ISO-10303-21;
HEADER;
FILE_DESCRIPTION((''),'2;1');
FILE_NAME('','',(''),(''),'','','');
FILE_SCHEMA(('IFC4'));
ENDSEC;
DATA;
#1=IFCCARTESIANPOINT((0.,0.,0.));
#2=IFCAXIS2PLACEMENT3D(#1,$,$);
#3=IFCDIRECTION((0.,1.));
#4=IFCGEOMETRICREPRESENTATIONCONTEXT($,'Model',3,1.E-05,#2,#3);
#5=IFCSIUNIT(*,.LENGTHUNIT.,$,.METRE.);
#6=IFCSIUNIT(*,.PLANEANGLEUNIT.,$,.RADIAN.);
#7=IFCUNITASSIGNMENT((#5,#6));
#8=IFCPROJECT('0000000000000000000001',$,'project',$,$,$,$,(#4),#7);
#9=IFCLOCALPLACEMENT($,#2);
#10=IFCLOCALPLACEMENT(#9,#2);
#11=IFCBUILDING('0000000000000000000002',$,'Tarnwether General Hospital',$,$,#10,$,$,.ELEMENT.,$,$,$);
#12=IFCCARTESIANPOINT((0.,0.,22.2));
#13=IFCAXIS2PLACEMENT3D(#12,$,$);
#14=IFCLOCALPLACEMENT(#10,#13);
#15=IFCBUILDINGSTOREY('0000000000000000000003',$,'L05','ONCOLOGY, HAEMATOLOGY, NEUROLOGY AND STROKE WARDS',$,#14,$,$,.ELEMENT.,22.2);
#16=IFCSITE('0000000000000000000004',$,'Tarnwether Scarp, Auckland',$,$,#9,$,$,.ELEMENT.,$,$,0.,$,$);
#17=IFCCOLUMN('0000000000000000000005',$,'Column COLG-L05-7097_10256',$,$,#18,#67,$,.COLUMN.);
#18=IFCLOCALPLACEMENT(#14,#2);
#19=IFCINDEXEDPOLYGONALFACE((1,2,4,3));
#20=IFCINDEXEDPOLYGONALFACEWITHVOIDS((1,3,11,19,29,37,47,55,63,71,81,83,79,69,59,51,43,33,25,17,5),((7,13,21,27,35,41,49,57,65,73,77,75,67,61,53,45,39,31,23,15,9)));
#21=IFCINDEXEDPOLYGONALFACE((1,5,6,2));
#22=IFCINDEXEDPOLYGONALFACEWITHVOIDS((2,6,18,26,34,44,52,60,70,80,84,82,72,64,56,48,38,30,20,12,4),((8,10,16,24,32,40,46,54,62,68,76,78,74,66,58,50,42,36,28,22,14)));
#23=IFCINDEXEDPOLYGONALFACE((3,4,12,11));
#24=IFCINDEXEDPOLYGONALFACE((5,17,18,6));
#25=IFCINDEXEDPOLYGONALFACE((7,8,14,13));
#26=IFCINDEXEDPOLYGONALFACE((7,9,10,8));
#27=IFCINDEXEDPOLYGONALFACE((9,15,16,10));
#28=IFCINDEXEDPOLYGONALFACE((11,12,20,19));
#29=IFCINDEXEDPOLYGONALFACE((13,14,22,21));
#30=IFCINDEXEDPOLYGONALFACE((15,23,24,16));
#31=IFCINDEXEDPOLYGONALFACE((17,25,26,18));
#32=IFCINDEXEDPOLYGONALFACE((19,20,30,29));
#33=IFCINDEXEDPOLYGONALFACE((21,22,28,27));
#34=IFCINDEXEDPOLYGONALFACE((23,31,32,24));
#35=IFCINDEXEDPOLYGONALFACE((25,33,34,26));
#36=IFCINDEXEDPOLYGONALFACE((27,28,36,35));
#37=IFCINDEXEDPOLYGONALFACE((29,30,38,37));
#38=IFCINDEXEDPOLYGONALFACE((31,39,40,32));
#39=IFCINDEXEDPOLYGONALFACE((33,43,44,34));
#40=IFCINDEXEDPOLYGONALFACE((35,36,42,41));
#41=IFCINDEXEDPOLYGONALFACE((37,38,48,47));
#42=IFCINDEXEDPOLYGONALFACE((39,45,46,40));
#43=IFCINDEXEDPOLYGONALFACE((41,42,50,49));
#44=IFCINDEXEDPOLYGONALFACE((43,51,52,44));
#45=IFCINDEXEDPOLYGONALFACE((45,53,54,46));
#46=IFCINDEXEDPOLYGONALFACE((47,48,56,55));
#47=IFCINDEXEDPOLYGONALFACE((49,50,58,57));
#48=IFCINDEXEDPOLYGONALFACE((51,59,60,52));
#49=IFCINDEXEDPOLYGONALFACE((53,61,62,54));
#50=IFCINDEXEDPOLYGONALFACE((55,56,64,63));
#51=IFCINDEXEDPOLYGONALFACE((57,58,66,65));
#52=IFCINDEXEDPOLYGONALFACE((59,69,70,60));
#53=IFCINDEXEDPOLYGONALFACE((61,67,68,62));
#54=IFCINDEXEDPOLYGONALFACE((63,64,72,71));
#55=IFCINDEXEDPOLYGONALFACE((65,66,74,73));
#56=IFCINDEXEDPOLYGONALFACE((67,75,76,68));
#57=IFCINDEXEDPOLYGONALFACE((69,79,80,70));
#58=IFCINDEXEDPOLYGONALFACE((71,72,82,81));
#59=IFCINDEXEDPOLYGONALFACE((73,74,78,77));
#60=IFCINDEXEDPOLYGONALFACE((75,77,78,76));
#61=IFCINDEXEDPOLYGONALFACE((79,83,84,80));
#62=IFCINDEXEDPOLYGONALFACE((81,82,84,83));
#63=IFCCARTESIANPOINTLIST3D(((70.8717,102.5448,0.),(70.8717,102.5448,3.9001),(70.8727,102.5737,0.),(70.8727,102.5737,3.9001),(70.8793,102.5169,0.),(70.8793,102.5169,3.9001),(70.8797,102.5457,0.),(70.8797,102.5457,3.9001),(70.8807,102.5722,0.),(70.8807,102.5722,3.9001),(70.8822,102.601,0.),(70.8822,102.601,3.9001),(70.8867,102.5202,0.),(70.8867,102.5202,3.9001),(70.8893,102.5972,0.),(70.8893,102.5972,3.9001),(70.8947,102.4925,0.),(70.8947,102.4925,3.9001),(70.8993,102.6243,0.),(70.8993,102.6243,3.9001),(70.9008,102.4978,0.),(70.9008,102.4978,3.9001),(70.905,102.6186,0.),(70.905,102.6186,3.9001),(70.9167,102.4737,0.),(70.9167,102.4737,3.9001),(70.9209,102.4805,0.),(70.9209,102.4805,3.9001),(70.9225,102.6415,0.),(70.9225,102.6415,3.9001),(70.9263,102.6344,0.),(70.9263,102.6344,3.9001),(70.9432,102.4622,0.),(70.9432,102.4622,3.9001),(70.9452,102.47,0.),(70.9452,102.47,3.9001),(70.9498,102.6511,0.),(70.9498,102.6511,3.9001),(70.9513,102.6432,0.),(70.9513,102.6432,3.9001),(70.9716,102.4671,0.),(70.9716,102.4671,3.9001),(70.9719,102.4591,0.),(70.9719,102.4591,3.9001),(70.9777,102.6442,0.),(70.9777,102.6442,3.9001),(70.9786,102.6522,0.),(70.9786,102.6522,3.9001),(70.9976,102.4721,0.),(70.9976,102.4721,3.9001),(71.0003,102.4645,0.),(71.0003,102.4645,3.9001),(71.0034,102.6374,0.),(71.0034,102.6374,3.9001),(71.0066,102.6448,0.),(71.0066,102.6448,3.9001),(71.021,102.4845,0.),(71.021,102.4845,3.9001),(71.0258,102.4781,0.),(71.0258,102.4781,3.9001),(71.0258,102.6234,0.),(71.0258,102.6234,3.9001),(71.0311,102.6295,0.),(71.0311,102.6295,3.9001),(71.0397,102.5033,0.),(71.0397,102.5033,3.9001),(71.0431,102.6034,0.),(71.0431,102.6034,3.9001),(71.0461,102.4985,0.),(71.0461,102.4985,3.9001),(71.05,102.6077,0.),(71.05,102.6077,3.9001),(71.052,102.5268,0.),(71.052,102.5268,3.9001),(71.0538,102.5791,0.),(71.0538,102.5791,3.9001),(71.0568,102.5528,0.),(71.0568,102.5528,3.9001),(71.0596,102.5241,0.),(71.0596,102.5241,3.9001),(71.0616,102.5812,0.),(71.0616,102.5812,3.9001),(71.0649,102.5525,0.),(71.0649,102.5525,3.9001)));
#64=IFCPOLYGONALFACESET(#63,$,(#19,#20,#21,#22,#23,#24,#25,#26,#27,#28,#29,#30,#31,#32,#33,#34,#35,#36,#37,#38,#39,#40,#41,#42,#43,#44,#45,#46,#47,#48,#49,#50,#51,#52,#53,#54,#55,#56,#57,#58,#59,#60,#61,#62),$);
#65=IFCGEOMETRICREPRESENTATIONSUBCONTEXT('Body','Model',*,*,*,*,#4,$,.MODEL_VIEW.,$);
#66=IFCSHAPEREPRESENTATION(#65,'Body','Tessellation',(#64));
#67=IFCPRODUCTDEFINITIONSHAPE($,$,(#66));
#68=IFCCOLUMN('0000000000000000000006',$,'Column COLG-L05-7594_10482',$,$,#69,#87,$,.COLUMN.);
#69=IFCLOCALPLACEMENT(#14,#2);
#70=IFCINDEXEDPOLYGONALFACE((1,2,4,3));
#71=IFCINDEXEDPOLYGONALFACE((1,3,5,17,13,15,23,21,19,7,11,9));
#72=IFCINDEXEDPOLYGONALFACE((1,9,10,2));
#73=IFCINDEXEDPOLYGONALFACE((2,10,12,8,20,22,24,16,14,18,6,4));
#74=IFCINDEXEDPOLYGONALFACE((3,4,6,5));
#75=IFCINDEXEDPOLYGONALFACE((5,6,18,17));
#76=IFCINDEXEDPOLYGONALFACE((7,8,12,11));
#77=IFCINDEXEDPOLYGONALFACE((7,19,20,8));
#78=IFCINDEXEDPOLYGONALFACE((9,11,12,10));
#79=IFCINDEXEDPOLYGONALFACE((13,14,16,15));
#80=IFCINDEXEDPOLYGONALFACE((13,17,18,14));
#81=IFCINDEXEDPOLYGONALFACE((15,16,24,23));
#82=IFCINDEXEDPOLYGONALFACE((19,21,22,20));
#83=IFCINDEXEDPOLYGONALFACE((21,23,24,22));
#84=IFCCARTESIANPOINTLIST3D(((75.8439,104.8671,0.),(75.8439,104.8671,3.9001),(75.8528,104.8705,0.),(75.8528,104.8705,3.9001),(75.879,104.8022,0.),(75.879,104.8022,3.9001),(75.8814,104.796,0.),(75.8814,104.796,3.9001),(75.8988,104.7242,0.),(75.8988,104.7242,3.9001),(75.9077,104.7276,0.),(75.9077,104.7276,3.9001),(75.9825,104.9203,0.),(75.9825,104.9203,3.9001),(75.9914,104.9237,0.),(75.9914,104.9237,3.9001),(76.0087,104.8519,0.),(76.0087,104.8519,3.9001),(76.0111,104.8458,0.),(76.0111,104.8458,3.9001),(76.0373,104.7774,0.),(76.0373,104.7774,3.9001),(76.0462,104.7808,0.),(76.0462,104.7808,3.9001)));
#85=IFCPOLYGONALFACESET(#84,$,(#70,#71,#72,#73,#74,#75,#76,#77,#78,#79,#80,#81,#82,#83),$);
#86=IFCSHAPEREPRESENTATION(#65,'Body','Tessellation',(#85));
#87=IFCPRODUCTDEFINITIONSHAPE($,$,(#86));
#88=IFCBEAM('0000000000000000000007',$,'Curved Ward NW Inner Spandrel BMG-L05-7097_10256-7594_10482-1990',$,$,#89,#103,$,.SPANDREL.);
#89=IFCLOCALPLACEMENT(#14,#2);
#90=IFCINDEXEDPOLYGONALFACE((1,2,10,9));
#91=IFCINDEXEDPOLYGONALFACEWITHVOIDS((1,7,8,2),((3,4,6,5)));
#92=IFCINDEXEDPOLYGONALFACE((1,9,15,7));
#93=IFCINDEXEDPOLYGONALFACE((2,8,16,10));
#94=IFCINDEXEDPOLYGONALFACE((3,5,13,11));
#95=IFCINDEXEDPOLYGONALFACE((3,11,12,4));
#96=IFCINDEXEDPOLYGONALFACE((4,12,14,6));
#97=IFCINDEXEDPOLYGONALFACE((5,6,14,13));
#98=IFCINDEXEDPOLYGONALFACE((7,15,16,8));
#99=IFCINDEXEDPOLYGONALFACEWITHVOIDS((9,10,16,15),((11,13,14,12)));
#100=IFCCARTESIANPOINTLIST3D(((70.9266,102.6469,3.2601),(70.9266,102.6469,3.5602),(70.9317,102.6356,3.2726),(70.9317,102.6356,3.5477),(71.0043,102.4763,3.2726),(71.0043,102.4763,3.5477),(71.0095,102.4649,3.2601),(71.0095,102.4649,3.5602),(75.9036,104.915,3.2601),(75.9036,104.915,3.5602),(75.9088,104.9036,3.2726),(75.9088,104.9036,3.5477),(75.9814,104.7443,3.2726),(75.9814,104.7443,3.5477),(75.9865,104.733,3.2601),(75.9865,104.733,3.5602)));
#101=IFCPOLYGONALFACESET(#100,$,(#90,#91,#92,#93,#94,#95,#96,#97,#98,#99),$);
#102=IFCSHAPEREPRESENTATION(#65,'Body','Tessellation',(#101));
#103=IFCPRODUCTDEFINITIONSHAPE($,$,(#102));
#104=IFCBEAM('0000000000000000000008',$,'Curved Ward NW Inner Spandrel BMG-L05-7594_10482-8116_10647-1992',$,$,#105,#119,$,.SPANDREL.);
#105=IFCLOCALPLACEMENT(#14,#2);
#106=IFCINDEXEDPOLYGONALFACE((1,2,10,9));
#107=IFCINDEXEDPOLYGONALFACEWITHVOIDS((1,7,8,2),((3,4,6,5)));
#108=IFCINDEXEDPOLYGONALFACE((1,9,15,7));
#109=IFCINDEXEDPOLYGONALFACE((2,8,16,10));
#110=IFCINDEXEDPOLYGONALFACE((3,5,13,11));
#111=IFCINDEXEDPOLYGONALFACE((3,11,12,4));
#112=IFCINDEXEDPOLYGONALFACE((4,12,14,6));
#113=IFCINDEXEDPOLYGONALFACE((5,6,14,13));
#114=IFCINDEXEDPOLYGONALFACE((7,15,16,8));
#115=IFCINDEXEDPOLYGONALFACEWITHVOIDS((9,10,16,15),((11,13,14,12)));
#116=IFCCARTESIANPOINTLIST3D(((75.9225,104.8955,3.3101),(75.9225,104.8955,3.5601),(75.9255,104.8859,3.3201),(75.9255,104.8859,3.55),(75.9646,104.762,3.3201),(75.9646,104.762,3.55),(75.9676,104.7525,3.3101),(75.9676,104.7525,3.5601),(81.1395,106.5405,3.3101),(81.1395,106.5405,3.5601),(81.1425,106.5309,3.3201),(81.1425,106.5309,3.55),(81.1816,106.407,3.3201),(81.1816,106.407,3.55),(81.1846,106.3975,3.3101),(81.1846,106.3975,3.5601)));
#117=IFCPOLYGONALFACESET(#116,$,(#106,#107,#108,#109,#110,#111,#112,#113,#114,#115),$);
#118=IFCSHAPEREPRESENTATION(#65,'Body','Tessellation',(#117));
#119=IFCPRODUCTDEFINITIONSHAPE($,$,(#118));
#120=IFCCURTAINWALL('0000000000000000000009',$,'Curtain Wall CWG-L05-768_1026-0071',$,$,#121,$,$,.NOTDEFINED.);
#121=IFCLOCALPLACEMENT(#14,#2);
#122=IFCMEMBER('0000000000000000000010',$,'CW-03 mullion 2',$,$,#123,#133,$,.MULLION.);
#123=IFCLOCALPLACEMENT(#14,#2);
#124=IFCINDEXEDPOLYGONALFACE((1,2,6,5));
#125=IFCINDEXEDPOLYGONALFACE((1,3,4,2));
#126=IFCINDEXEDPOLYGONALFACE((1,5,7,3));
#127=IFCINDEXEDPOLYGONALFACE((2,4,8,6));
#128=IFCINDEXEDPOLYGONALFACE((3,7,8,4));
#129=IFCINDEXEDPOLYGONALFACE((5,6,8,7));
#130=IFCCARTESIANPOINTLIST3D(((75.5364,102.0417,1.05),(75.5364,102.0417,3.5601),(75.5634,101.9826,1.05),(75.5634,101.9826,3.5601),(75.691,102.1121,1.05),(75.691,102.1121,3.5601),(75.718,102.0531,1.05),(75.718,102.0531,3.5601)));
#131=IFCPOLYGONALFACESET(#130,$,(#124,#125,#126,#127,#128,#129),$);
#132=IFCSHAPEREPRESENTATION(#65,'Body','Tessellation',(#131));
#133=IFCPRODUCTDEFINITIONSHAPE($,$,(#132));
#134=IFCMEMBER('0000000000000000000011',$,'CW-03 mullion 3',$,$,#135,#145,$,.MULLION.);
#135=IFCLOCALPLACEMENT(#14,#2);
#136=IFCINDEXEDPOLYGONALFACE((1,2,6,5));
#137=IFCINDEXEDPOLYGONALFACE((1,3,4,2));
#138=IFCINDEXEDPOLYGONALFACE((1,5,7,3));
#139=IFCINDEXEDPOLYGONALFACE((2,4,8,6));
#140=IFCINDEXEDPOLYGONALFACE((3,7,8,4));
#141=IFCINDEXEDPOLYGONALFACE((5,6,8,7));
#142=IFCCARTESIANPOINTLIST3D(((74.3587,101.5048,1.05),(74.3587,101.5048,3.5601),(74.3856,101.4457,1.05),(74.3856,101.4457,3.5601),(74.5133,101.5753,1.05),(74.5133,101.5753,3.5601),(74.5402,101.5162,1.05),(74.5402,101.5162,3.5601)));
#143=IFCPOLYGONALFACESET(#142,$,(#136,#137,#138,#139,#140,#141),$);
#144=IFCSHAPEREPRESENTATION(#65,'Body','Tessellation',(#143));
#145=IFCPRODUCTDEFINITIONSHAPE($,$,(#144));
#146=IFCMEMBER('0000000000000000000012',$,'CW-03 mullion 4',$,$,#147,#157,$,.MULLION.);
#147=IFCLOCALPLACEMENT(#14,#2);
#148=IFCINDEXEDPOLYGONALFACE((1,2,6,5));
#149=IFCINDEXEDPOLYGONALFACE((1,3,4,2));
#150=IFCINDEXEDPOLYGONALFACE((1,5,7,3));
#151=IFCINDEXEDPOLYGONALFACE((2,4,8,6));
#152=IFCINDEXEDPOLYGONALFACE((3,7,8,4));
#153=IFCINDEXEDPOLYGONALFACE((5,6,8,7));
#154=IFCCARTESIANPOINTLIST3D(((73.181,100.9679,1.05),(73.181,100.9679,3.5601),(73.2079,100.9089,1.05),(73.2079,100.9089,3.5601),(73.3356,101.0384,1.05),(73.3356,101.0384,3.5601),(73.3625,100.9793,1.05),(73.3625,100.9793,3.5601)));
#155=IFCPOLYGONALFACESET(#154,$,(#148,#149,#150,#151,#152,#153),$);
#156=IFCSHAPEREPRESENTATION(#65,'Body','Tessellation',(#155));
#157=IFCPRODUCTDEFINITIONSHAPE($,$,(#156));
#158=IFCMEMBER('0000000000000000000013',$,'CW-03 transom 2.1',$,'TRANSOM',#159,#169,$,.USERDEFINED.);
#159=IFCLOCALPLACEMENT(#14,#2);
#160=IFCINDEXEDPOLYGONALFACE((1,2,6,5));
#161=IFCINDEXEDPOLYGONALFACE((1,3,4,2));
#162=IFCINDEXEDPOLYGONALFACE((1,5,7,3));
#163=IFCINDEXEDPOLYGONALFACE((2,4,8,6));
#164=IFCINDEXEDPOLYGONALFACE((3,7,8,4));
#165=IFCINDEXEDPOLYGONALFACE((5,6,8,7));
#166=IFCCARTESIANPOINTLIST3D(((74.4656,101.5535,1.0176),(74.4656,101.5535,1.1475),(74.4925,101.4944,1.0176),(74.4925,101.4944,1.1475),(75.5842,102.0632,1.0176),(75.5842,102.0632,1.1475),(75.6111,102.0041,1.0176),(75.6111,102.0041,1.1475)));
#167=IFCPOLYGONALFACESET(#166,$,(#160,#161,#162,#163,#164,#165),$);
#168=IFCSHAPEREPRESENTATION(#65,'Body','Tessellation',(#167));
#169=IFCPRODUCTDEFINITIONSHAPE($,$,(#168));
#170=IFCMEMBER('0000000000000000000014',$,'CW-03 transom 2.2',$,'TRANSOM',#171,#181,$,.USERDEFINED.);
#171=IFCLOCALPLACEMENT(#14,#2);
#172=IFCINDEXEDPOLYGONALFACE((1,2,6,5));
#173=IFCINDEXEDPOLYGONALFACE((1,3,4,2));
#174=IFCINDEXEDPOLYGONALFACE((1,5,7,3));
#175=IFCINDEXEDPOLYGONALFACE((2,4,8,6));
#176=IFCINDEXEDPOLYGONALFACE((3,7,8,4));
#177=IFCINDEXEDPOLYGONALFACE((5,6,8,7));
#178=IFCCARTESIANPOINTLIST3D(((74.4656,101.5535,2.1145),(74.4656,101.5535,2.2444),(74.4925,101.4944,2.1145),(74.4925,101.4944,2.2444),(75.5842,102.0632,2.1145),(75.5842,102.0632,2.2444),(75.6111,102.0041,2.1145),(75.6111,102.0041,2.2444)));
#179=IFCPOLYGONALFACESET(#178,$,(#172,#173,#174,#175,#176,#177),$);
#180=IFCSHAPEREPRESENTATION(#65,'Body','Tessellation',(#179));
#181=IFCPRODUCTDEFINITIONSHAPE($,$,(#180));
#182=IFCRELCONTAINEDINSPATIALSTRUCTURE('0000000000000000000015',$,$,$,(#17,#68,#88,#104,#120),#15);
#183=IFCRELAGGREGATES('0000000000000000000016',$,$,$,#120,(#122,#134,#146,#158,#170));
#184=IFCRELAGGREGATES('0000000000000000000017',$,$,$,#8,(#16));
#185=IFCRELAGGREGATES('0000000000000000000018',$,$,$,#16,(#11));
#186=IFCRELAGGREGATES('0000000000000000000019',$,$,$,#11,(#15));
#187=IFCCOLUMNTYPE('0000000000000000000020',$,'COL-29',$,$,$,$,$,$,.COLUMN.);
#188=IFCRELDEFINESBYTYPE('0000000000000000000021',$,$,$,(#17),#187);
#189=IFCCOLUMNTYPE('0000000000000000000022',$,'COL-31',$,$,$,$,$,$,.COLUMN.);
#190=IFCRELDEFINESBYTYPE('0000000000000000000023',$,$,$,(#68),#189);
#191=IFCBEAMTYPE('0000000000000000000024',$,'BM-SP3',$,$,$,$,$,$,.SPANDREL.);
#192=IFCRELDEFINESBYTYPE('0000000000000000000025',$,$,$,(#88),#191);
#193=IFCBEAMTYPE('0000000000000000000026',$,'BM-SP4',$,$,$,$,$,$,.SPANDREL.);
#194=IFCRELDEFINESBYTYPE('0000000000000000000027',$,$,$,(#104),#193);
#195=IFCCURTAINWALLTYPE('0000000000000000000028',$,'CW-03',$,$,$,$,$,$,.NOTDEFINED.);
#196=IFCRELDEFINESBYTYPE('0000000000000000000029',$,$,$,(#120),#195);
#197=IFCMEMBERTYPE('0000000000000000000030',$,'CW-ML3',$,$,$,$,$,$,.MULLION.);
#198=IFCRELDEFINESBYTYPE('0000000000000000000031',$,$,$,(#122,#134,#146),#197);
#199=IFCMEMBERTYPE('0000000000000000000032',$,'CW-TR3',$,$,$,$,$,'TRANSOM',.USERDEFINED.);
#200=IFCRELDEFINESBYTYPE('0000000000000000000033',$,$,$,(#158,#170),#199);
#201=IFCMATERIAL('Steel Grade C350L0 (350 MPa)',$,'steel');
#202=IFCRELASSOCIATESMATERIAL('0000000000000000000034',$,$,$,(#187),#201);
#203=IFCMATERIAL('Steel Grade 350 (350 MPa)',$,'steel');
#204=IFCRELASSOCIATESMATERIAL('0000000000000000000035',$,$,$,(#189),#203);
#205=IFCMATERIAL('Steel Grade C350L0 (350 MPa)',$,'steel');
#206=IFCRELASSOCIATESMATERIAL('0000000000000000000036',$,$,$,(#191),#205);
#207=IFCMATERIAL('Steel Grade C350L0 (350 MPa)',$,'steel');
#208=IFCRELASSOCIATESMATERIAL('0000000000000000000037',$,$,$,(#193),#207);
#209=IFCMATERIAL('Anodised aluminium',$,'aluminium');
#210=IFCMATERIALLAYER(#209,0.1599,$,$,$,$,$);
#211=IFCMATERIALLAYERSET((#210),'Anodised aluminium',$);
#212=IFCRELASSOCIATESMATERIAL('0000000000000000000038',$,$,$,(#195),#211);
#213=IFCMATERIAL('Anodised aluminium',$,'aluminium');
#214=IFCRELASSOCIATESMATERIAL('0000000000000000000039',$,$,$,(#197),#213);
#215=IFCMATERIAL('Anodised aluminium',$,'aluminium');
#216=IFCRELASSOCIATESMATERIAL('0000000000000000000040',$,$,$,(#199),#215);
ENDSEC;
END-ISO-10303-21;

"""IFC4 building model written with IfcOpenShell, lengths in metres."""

from ifc_helpers import new_model, si_unit, direction, frame, origin, origin_2d, place, context, subcontext, project, spatial, rectangle, hollow_rectangle, hollow_circle, i_section, extrude, material, layer, layer_set, material_profile, profile_set, type_object, element, aggregate, save


model = new_model("IFC4")

# Units and contexts
model_context = context("Model", 3, precision=1e-05, world=origin(), true_north=direction((0.0, 1.0)))
body_context = subcontext(model_context, "Body", "Model", "MODEL_VIEW")
ifc_project = project(units=[si_unit("LENGTHUNIT", "METRE"), si_unit("PLANEANGLEUNIT", "RADIAN")], contexts=[model_context])

# Site, building, storey
site_placement = place(None, origin())
site = spatial("IfcSite", under=ifc_project, at=site_placement, Name="Tarnwether Scarp, Auckland", CompositionType="ELEMENT", RefElevation=0.0)
building_placement = place(site_placement, origin())
building = spatial("IfcBuilding", under=site, at=building_placement, Name="Tarnwether General Hospital", CompositionType="ELEMENT")
storey_placement = place(building_placement, frame((0.0, 0.0, 22.2)))
storey = spatial("IfcBuildingStorey", under=building, at=storey_placement, Name="L05", Description="ONCOLOGY, HAEMATOLOGY, NEUROLOGY AND STROKE WARDS", CompositionType="ELEMENT", Elevation=22.2)

# Columns
ifc_material_1 = material(Name="Steel Grade C350L0 (350 MPa)", Category="steel")
ifc_material_profile_1 = material_profile(ifc_material_1, hollow_circle(Radius=0.0969, WallThickness=0.0081, at=origin_2d()), Name="CHS193.7x8.0")
ifc_profile_set_1 = profile_set([ifc_material_profile_1], Name="Steel Grade C350L0 (350 MPa)")
column_type_1 = type_object("IfcColumnType", Name="COL-29", PredefinedType="COLUMN", material=ifc_profile_set_1)
column_1_placement = place(storey_placement, frame((70.968, 102.5559, 0.0), z_axis=(0.0, 0.0, 1.0), x_axis=(-0.469472, 0.882948, 0.0)))
element("IfcColumn", 1, at=column_1_placement, inside=storey, type_object=column_type_1, Name="Column COLG-L05-7097_10256", PredefinedType="COLUMN", context=body_context, shape_type="SweptSolid", body=[
    extrude(hollow_circle(Radius=0.0969, WallThickness=0.0081, at=origin_2d()), origin(), (0.0, 0.0, 1.0), 3.9001),
])
ifc_material_2 = material(Name="Steel Grade 350 (350 MPa)", Category="steel")
ifc_material_profile_2 = material_profile(ifc_material_2, i_section(OverallWidth=0.1531, OverallDepth=0.158, WebThickness=0.0066, FlangeThickness=0.0095, at=origin_2d()), Name="150UC30.0")
ifc_profile_set_2 = profile_set([ifc_material_profile_2], Name="Steel Grade 350 (350 MPa)")
column_type_2 = type_object("IfcColumnType", Name="COL-31", PredefinedType="COLUMN", material=ifc_profile_set_2)
column_2_placement = place(storey_placement, frame((75.9451, 104.824, 0.0), z_axis=(0.0, 0.0, 1.0), x_axis=(-0.358368, 0.93358, 0.0)))
element("IfcColumn", 2, at=column_2_placement, inside=storey, type_object=column_type_2, Name="Column COLG-L05-7594_10482", PredefinedType="COLUMN", context=body_context, shape_type="SweptSolid", body=[
    extrude(i_section(OverallWidth=0.1531, OverallDepth=0.158, WebThickness=0.0066, FlangeThickness=0.0095, at=origin_2d()), origin(), (0.0, 0.0, 1.0), 3.9001),
])

# Beams
ifc_material_3 = material(Name="Steel Grade C350L0 (350 MPa)", Category="steel")
ifc_material_profile_3 = material_profile(ifc_material_3, hollow_rectangle(XDim=0.2, YDim=0.3, WallThickness=0.0125, at=origin_2d()), Name="RHS300x200x12.5")
ifc_profile_set_3 = profile_set([ifc_material_profile_3], Name="Steel Grade C350L0 (350 MPa)")
beam_type_1 = type_object("IfcBeamType", Name="BM-SP3", PredefinedType="SPANDREL", material=ifc_profile_set_3)
beam_1_placement = place(storey_placement, frame((70.968, 102.5559, 3.4102), z_axis=(0.909969, 0.414677, 0.0), x_axis=(-0.414677, 0.909969, 0.0)))
element("IfcBeam", 3, at=beam_1_placement, inside=storey, type_object=beam_type_1, Name="Curved Ward NW Inner Spandrel BMG-L05-7097_10256-7594_10482-1990", PredefinedType="SPANDREL", context=body_context, shape_type="SweptSolid", body=[
    extrude(hollow_rectangle(XDim=0.2, YDim=0.3, WallThickness=0.0125, at=origin_2d()), origin(), (0.0, 0.0, 1.0), 5.4695),
])
ifc_material_4 = material(Name="Steel Grade C350L0 (350 MPa)", Category="steel")
ifc_material_profile_4 = material_profile(ifc_material_4, hollow_rectangle(XDim=0.1499, YDim=0.25, WallThickness=0.01, at=origin_2d()), Name="RHS250x150x10")
ifc_profile_set_4 = profile_set([ifc_material_profile_4], Name="Steel Grade C350L0 (350 MPa)")
beam_type_2 = type_object("IfcBeamType", Name="BM-SP4", PredefinedType="SPANDREL", material=ifc_profile_set_4)
beam_2_placement = place(storey_placement, frame((75.9451, 104.824, 3.4351), z_axis=(0.953712, 0.300721, 0.0), x_axis=(-0.300721, 0.953712, 0.0)))
element("IfcBeam", 4, at=beam_2_placement, inside=storey, type_object=beam_type_2, Name="Curved Ward NW Inner Spandrel BMG-L05-7594_10482-8116_10647-1992", PredefinedType="SPANDREL", context=body_context, shape_type="SweptSolid", body=[
    extrude(hollow_rectangle(XDim=0.1499, YDim=0.25, WallThickness=0.01, at=origin_2d()), origin(), (0.0, 0.0, 1.0), 5.4702),
])

# Curtain wall, members
ifc_material_5 = material(Name="Anodised aluminium", Category="aluminium")
ifc_layer_1 = layer(ifc_material_5, 0.1599)
ifc_layer_set_1 = layer_set([ifc_layer_1], Name="Anodised aluminium")
curtain_wall_type = type_object("IfcCurtainWallType", Name="CW-03", PredefinedType="NOTDEFINED", material=ifc_layer_set_1)
curtain_wall_placement = place(storey_placement, origin())
curtain_wall = element("IfcCurtainWall", 5, at=curtain_wall_placement, inside=storey, type_object=curtain_wall_type, Name="Curtain Wall CWG-L05-768_1026-0071", PredefinedType="NOTDEFINED")
ifc_material_6 = material(Name="Anodised aluminium", Category="aluminium")
ifc_material_profile_5 = material_profile(ifc_material_6, rectangle(XDim=0.0649, YDim=0.1699, at=origin_2d()), Name="ALU-MUL-65x170")
ifc_profile_set_5 = profile_set([ifc_material_profile_5], Name="Anodised aluminium")
member_type_1 = type_object("IfcMemberType", Name="CW-ML3", PredefinedType="MULLION", material=ifc_profile_set_5)
member_1_placement = place(storey_placement, frame((75.6272, 102.0474, 1.05), z_axis=(0.0, 0.0, 1.0), x_axis=(0.414705, -0.909956, 0.0)))
member_1 = element("IfcMember", 6, at=member_1_placement, type_object=member_type_1, Name="CW-03 mullion 2", PredefinedType="MULLION", context=body_context, shape_type="SweptSolid", body=[
    extrude(rectangle(XDim=0.0649, YDim=0.1699, at=origin_2d()), origin(), (0.0, 0.0, 1.0), 2.51),
])
member_2_placement = place(storey_placement, frame((74.4495, 101.5105, 1.05), z_axis=(0.0, 0.0, 1.0), x_axis=(0.414705, -0.909956, 0.0)))
member_2 = element("IfcMember", 7, at=member_2_placement, type_object=member_type_1, Name="CW-03 mullion 3", PredefinedType="MULLION", context=body_context, shape_type="SweptSolid", body=[
    extrude(rectangle(XDim=0.0649, YDim=0.1699, at=origin_2d()), origin(), (0.0, 0.0, 1.0), 2.51),
])
member_3_placement = place(storey_placement, frame((73.2717, 100.9736, 1.05), z_axis=(0.0, 0.0, 1.0), x_axis=(0.414705, -0.909956, 0.0)))
member_3 = element("IfcMember", 8, at=member_3_placement, type_object=member_type_1, Name="CW-03 mullion 4", PredefinedType="MULLION", context=body_context, shape_type="SweptSolid", body=[
    extrude(rectangle(XDim=0.0649, YDim=0.1699, at=origin_2d()), origin(), (0.0, 0.0, 1.0), 2.51),
])
ifc_material_7 = material(Name="Anodised aluminium", Category="aluminium")
ifc_material_profile_6 = material_profile(ifc_material_7, rectangle(XDim=0.0649, YDim=0.1299, at=origin_2d()), Name="ALU-TRN-65x130")
ifc_profile_set_6 = profile_set([ifc_material_profile_6], Name="Anodised aluminium")
member_type_2 = type_object("IfcMemberType", Name="CW-TR3", ElementType="TRANSOM", PredefinedType="USERDEFINED", material=ifc_profile_set_6)
member_4_placement = place(storey_placement, frame((75.5977, 102.0337, 1.0825), z_axis=(-0.909972, -0.414671, 0.0), x_axis=(0.414671, -0.909972, 0.0)))
member_4 = element("IfcMember", 9, at=member_4_placement, type_object=member_type_2, Name="CW-03 transom 2.1", ObjectType="TRANSOM", PredefinedType="USERDEFINED", context=body_context, shape_type="SweptSolid", body=[
    extrude(rectangle(XDim=0.0649, YDim=0.1299, at=origin_2d()), origin(), (0.0, 0.0, 1.0), 1.2292),
])
member_5_placement = place(storey_placement, frame((75.5977, 102.0337, 2.1794), z_axis=(-0.909972, -0.414671, 0.0), x_axis=(0.414671, -0.909972, 0.0)))
member_5 = element("IfcMember", 10, at=member_5_placement, type_object=member_type_2, Name="CW-03 transom 2.2", ObjectType="TRANSOM", PredefinedType="USERDEFINED", context=body_context, shape_type="SweptSolid", body=[
    extrude(rectangle(XDim=0.0649, YDim=0.1299, at=origin_2d()), origin(), (0.0, 0.0, 1.0), 1.2292),
])
aggregate(curtain_wall, [member_1, member_2, member_3, member_4, member_5])

save(model, "model.ifc")
